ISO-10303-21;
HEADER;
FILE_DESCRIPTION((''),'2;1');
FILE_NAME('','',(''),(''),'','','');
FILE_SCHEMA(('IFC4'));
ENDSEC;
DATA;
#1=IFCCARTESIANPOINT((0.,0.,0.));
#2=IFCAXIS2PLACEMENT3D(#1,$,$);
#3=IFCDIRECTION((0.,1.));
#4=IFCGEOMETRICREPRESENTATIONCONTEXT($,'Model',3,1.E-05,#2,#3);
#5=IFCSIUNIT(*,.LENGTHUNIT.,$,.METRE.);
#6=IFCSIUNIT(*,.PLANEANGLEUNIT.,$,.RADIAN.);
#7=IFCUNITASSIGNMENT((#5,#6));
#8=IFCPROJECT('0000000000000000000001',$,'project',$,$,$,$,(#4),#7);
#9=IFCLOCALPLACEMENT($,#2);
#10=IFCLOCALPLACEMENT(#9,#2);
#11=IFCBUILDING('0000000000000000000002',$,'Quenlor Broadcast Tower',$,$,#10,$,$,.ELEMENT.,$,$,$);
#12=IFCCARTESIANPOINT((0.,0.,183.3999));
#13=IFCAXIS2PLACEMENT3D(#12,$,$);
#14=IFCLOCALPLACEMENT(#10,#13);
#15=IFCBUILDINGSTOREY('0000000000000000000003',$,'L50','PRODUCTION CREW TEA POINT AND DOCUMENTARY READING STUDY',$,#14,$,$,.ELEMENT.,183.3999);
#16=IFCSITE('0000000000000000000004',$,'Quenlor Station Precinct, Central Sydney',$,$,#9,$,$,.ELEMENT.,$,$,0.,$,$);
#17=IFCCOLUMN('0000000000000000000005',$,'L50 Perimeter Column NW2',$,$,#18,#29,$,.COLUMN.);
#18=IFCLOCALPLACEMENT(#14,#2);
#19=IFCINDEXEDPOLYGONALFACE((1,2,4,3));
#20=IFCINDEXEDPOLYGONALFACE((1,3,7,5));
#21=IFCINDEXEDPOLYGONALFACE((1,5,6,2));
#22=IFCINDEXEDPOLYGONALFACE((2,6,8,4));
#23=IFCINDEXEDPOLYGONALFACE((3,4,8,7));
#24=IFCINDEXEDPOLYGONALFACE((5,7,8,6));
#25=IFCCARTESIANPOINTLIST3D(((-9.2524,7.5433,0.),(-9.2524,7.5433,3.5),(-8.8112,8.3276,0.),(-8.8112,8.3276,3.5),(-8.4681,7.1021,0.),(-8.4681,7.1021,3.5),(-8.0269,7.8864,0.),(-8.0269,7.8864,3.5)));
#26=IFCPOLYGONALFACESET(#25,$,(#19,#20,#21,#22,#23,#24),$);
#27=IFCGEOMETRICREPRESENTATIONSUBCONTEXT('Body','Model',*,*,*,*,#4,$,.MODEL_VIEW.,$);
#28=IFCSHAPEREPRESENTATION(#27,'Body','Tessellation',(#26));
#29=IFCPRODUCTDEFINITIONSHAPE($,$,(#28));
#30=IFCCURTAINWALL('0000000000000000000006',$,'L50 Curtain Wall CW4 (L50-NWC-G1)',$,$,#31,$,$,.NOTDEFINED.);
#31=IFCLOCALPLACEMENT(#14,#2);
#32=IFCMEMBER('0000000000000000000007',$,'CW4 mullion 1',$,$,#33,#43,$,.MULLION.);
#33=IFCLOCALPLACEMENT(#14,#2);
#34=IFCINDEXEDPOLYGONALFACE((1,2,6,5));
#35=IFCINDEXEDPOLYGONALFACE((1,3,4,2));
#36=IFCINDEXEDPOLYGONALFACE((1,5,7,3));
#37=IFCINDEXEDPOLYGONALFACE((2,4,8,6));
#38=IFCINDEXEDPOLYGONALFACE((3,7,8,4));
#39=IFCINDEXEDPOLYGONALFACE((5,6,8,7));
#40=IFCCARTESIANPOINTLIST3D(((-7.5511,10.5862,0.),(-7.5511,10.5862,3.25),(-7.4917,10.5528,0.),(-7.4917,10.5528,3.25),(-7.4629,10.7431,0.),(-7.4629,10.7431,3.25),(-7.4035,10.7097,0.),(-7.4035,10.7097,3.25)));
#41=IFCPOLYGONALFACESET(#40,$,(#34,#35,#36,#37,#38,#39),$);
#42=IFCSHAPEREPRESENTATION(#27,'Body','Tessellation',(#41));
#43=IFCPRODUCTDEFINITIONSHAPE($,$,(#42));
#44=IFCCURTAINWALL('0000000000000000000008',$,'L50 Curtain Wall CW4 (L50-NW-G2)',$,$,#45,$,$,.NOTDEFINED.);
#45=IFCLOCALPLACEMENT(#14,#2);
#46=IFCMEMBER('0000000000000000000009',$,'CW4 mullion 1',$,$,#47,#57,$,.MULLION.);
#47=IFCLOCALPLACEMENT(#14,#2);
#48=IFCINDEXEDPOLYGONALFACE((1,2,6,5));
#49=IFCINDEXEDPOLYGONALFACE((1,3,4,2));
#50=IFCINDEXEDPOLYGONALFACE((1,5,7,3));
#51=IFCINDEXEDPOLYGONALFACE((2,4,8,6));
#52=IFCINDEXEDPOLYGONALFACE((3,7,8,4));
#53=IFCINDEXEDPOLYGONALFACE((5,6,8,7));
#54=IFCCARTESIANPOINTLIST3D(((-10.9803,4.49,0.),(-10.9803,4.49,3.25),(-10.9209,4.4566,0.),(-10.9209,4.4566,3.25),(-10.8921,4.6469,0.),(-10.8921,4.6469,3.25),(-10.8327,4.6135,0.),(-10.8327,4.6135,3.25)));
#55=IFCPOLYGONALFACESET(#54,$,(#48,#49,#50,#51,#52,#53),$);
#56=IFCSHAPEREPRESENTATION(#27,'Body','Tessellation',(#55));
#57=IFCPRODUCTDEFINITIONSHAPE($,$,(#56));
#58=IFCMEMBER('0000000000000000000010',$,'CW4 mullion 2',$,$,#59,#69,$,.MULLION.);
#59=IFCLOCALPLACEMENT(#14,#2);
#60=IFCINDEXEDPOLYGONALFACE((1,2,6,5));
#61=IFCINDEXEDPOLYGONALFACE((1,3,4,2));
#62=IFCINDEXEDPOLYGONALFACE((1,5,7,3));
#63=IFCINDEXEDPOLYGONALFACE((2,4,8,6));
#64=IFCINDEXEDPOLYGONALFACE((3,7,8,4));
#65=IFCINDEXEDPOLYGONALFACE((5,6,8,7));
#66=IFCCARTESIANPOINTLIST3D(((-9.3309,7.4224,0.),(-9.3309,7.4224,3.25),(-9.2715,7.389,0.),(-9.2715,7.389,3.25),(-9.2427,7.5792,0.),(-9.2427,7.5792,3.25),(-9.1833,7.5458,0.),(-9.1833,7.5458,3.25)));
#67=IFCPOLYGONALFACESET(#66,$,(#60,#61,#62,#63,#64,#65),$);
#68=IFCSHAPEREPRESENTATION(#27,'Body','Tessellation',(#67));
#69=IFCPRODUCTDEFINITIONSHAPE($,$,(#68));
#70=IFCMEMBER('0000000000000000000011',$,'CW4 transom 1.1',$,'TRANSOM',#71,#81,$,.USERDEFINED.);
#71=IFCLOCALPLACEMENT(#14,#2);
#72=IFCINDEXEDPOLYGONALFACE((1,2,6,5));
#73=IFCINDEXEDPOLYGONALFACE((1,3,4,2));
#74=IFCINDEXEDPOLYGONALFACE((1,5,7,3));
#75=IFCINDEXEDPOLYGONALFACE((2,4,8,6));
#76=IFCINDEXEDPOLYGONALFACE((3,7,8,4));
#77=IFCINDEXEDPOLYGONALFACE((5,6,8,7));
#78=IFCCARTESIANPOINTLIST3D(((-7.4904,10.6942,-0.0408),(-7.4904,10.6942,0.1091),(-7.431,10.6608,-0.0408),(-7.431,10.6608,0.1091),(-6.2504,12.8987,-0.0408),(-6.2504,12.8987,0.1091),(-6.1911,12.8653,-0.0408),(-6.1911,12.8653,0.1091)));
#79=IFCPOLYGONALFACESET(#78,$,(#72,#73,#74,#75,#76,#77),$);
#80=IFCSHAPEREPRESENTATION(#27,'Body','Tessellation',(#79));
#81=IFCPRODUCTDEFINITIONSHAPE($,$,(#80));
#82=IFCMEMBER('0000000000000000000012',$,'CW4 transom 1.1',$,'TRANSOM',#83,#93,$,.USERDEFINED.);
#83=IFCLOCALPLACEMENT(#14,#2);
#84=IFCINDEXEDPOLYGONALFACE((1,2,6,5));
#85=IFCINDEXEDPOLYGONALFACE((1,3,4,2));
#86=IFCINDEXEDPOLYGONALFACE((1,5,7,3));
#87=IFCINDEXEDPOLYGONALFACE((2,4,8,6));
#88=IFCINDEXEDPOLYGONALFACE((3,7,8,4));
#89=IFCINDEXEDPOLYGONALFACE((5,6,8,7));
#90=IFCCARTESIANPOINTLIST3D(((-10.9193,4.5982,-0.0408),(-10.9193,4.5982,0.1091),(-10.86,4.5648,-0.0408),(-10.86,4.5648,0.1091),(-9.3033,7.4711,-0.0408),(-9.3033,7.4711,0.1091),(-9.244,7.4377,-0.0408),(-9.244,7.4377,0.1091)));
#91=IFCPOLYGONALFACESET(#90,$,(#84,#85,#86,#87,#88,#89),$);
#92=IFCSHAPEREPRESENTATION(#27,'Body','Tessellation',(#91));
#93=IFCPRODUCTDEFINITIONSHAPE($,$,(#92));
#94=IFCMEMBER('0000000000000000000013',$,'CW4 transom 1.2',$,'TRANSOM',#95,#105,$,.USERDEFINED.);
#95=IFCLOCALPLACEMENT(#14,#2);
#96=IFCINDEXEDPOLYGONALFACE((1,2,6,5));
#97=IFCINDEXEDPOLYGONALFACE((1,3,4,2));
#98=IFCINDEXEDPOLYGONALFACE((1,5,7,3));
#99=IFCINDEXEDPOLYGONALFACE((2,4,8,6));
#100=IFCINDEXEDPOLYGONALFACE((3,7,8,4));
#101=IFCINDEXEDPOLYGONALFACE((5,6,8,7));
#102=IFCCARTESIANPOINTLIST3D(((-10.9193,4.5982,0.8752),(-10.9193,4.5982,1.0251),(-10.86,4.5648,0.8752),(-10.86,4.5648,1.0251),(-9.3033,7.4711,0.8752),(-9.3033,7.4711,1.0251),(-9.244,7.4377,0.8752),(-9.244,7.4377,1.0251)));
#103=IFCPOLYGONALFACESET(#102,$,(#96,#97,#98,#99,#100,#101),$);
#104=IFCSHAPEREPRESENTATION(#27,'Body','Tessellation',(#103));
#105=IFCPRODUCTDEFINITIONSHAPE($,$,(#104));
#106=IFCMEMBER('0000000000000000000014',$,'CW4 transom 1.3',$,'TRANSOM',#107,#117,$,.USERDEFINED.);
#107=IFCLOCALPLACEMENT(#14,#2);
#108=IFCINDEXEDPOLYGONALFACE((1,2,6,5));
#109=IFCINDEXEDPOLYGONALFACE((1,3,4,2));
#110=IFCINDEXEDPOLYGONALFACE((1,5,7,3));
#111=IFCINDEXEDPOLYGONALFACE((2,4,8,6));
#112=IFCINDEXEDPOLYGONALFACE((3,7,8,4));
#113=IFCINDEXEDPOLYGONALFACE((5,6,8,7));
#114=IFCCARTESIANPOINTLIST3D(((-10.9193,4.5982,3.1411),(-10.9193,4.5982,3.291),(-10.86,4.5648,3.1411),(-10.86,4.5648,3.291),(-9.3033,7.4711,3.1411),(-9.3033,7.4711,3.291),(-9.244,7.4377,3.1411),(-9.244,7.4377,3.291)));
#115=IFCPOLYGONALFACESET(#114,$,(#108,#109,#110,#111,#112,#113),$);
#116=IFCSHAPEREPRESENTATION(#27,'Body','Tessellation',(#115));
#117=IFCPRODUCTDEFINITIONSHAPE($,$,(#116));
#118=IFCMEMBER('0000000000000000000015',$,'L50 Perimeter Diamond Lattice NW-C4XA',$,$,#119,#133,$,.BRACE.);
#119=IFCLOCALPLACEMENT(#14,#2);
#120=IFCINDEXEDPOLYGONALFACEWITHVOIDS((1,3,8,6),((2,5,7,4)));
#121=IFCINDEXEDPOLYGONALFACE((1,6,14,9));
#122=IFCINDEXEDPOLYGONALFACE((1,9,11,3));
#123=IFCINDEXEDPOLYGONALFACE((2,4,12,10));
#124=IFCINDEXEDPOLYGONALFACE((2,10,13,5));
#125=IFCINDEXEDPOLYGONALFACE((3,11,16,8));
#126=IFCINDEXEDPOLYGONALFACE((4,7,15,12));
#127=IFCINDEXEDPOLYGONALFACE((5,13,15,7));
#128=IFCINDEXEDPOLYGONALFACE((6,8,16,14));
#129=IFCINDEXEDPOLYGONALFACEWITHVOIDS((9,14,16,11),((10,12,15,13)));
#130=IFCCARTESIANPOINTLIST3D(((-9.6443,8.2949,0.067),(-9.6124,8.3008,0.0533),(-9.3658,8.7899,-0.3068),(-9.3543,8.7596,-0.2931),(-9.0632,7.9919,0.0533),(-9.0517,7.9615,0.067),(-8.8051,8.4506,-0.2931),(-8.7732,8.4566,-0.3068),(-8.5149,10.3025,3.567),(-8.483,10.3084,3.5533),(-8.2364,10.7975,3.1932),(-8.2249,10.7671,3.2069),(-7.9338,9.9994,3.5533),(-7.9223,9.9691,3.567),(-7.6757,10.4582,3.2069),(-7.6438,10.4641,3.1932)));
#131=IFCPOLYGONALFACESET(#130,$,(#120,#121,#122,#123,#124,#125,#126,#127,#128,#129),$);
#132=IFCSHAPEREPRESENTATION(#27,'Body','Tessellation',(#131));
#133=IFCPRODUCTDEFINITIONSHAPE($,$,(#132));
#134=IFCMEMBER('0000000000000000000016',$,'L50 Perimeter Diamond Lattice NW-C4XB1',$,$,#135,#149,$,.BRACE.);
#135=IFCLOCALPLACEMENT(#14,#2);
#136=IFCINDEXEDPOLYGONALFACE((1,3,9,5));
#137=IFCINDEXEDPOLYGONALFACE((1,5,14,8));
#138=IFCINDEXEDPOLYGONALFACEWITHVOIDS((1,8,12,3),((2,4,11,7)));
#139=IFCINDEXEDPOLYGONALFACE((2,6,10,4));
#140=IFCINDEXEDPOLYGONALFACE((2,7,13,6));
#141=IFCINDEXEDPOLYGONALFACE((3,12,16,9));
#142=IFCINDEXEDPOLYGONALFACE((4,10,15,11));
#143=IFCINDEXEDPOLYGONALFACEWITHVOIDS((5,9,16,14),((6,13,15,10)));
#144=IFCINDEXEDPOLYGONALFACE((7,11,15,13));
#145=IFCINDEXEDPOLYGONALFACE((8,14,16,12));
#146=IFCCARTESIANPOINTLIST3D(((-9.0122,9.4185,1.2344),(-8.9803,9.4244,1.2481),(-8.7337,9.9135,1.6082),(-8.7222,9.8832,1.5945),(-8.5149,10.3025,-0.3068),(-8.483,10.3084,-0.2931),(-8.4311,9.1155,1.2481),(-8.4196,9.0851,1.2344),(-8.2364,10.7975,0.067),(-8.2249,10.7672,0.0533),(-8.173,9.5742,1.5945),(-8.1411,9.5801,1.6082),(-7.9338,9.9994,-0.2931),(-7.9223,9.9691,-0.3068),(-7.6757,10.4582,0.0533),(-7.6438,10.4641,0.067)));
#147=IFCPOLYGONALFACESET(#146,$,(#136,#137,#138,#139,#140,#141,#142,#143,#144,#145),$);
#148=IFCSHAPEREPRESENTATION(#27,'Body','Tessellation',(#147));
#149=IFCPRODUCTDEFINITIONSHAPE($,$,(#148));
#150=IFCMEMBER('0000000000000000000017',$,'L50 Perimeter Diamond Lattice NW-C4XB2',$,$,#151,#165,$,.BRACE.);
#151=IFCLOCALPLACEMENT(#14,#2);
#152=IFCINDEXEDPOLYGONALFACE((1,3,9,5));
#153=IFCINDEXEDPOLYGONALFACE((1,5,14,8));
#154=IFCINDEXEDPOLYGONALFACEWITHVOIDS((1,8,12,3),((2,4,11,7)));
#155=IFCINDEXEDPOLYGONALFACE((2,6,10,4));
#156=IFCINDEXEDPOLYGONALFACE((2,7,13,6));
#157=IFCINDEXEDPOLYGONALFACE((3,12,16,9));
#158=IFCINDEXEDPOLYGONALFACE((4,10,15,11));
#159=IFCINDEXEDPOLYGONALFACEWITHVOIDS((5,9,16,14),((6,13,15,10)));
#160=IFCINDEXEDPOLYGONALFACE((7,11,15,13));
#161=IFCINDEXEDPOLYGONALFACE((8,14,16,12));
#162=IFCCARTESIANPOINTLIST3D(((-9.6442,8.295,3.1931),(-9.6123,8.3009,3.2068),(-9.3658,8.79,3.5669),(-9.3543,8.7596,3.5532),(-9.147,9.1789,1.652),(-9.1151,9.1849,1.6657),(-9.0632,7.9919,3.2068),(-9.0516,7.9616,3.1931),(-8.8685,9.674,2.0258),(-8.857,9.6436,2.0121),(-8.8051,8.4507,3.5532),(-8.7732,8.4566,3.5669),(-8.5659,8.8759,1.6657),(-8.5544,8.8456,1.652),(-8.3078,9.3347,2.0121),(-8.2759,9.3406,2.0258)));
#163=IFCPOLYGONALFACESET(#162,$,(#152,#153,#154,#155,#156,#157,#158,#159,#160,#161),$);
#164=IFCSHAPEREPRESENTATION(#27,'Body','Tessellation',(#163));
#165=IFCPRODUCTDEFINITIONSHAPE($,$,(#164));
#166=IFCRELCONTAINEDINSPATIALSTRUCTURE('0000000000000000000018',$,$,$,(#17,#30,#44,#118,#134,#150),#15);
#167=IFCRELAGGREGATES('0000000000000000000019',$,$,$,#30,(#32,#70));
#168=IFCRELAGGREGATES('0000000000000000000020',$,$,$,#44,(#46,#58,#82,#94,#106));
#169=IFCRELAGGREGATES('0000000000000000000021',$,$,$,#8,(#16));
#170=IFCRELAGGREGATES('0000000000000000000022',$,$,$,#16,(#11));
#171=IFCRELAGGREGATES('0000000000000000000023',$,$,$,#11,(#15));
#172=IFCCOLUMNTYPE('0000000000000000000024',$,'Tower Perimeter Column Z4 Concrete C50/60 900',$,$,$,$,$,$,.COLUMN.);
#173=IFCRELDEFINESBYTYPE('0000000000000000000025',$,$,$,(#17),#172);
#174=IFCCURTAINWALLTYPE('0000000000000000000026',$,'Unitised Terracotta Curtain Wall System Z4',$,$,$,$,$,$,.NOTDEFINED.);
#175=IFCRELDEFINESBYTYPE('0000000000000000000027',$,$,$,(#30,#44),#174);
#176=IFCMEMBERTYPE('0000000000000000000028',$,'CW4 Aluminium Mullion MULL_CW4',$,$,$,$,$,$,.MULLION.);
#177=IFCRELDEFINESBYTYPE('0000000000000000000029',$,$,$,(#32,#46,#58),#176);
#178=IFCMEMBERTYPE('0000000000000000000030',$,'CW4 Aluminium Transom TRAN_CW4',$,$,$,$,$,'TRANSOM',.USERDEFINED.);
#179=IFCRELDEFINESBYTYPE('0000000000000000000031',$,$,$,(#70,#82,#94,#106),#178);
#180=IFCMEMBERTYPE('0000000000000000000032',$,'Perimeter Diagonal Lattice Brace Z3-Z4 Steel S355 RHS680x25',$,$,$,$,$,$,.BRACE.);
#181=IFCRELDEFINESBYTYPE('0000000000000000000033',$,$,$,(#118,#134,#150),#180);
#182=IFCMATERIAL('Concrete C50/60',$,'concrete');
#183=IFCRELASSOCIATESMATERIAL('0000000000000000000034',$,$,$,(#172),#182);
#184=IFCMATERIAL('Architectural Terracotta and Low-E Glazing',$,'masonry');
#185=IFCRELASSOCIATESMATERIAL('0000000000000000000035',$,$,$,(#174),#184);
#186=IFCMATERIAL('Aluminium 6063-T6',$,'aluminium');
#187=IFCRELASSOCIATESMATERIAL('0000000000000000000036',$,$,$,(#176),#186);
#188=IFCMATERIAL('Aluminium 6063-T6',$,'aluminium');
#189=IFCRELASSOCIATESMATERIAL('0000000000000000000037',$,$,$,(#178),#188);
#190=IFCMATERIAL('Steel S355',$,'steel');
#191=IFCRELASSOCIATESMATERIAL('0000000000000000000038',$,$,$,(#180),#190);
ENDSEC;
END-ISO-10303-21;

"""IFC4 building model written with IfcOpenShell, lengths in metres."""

from ifc_helpers import new_model, si_unit, direction, frame, origin, origin_2d, place, context, subcontext, project, spatial, rectangle, hollow_rectangle, extrude, material, material_profile, profile_set, type_object, element, aggregate, save


model = new_model("IFC4")

# Units and contexts
model_context = context("Model", 3, precision=1e-05, world=origin(), true_north=direction((0.0, 1.0)))
body_context = subcontext(model_context, "Body", "Model", "MODEL_VIEW")
ifc_project = project(units=[si_unit("LENGTHUNIT", "METRE"), si_unit("PLANEANGLEUNIT", "RADIAN")], contexts=[model_context])

# Site, building, storey
site_placement = place(None, origin())
site = spatial("IfcSite", under=ifc_project, at=site_placement, Name="Quenlor Station Precinct, Central Sydney", CompositionType="ELEMENT", RefElevation=0.0)
building_placement = place(site_placement, origin())
building = spatial("IfcBuilding", under=site, at=building_placement, Name="Quenlor Broadcast Tower", CompositionType="ELEMENT")
storey_placement = place(building_placement, frame((0.0, 0.0, 183.3999)))
storey = spatial("IfcBuildingStorey", under=building, at=storey_placement, Name="L50", Description="PRODUCTION CREW TEA POINT AND DOCUMENTARY READING STUDY", CompositionType="ELEMENT", Elevation=183.3999)

# Column
ifc_material_1 = material(Name="Concrete C50/60", Category="concrete")
ifc_material_profile_1 = material_profile(ifc_material_1, rectangle(XDim=0.8999, YDim=0.8999, at=origin_2d()))
ifc_profile_set_1 = profile_set([ifc_material_profile_1], Name="Concrete C50/60 RC900x900")
column_type = type_object("IfcColumnType", Name="Tower Perimeter Column Z4 Concrete C50/60 900", PredefinedType="COLUMN", material=ifc_profile_set_1)
column_placement = place(storey_placement, frame((-8.6396, 7.7148, 0.0), z_axis=(0.0, 0.0, 1.0), x_axis=(-0.871575, 0.490262, 0.0)))
element("IfcColumn", 1, at=column_placement, inside=storey, type_object=column_type, Name="L50 Perimeter Column NW2", PredefinedType="COLUMN", context=body_context, shape_type="SweptSolid", body=[
    extrude(rectangle(XDim=0.8999, YDim=0.8999, at=origin_2d()), origin(), (0.0, 0.0, 1.0), 3.5),
])

# Curtain wall, member
ifc_material_2 = material(Name="Architectural Terracotta and Low-E Glazing", Category="masonry")
curtain_wall_type = type_object("IfcCurtainWallType", Name="Unitised Terracotta Curtain Wall System Z4", PredefinedType="NOTDEFINED", material=ifc_material_2)
curtain_wall_1_placement = place(storey_placement, origin())
curtain_wall_1 = element("IfcCurtainWall", 2, at=curtain_wall_1_placement, inside=storey, type_object=curtain_wall_type, Name="L50 Curtain Wall CW4 (L50-NWC-G1)", PredefinedType="NOTDEFINED")
ifc_material_3 = material(Name="Aluminium 6063-T6", Category="aluminium")
ifc_material_profile_2 = material_profile(ifc_material_3, rectangle(XDim=0.0681, YDim=0.1799, at=origin_2d()))
ifc_profile_set_2 = profile_set([ifc_material_profile_2], Name="Aluminium 6063-T6 MULL68x180")
member_type_1 = type_object("IfcMemberType", Name="CW4 Aluminium Mullion MULL_CW4", PredefinedType="MULLION", material=ifc_profile_set_2)
member_1_placement = place(storey_placement, frame((-7.4773, 10.6479, 0.0), z_axis=(0.0, 0.0, 1.0), x_axis=(-0.871577, 0.490259, 0.0)))
member_1 = element("IfcMember", 3, at=member_1_placement, type_object=member_type_1, Name="CW4 mullion 1", PredefinedType="MULLION", context=body_context, shape_type="SweptSolid", body=[
    extrude(rectangle(XDim=0.0681, YDim=0.1799, at=origin_2d()), origin(), (0.0, 0.0, 1.0), 3.25),
])

# Curtain wall, members
curtain_wall_2_placement = place(storey_placement, origin())
curtain_wall_2 = element("IfcCurtainWall", 4, at=curtain_wall_2_placement, inside=storey, type_object=curtain_wall_type, Name="L50 Curtain Wall CW4 (L50-NW-G2)", PredefinedType="NOTDEFINED")
member_2_placement = place(storey_placement, frame((-10.9065, 4.5518, 0.0), z_axis=(0.0, 0.0, 1.0), x_axis=(-0.871578, 0.490257, 0.0)))
member_2 = element("IfcMember", 5, at=member_2_placement, type_object=member_type_1, Name="CW4 mullion 1", PredefinedType="MULLION", context=body_context, shape_type="SweptSolid", body=[
    extrude(rectangle(XDim=0.0681, YDim=0.1799, at=origin_2d()), origin(), (0.0, 0.0, 1.0), 3.25),
])
member_3_placement = place(storey_placement, frame((-9.2571, 7.4841, 0.0), z_axis=(0.0, 0.0, 1.0), x_axis=(-0.871578, 0.490257, 0.0)))
member_3 = element("IfcMember", 6, at=member_3_placement, type_object=member_type_1, Name="CW4 mullion 2", PredefinedType="MULLION", context=body_context, shape_type="SweptSolid", body=[
    extrude(rectangle(XDim=0.0681, YDim=0.1799, at=origin_2d()), origin(), (0.0, 0.0, 1.0), 3.25),
])

# Members
ifc_material_4 = material(Name="Aluminium 6063-T6", Category="aluminium")
ifc_material_profile_3 = material_profile(ifc_material_4, rectangle(XDim=0.0681, YDim=0.1499, at=origin_2d()))
ifc_profile_set_3 = profile_set([ifc_material_profile_3], Name="Aluminium 6063-T6 TRAN68x150")
member_type_2 = type_object("IfcMemberType", Name="CW4 Aluminium Transom TRAN_CW4", ElementType="TRANSOM", PredefinedType="USERDEFINED", material=ifc_profile_set_3)
member_4_placement = place(storey_placement, frame((-7.4607, 10.6775, 0.0342), z_axis=(0.490234, 0.871591, 0.0), x_axis=(-0.871591, 0.490234, 0.0)))
member_4 = element("IfcMember", 7, at=member_4_placement, type_object=member_type_2, Name="CW4 transom 1.1", ObjectType="TRANSOM", PredefinedType="USERDEFINED", context=body_context, shape_type="SweptSolid", body=[
    extrude(rectangle(XDim=0.0681, YDim=0.1499, at=origin_2d()), origin(), (0.0, 0.0, 1.0), 2.5293),
])
aggregate(curtain_wall_1, [member_1, member_4])
member_5_placement = place(storey_placement, frame((-10.8896, 4.5815, 0.0342), z_axis=(0.490265, 0.871574, 0.0), x_axis=(-0.871574, 0.490265, 0.0)))
member_5 = element("IfcMember", 8, at=member_5_placement, type_object=member_type_2, Name="CW4 transom 1.1", ObjectType="TRANSOM", PredefinedType="USERDEFINED", context=body_context, shape_type="SweptSolid", body=[
    extrude(rectangle(XDim=0.0681, YDim=0.1499, at=origin_2d()), origin(), (0.0, 0.0, 1.0), 3.2961),
])
member_6_placement = place(storey_placement, frame((-10.8896, 4.5815, 0.9502), z_axis=(0.490265, 0.871574, 0.0), x_axis=(-0.871574, 0.490265, 0.0)))
member_6 = element("IfcMember", 9, at=member_6_placement, type_object=member_type_2, Name="CW4 transom 1.2", ObjectType="TRANSOM", PredefinedType="USERDEFINED", context=body_context, shape_type="SweptSolid", body=[
    extrude(rectangle(XDim=0.0681, YDim=0.1499, at=origin_2d()), origin(), (0.0, 0.0, 1.0), 3.2961),
])
member_7_placement = place(storey_placement, frame((-10.8896, 4.5815, 3.2161), z_axis=(0.490265, 0.871574, 0.0), x_axis=(-0.871574, 0.490265, 0.0)))
member_7 = element("IfcMember", 10, at=member_7_placement, type_object=member_type_2, Name="CW4 transom 1.3", ObjectType="TRANSOM", PredefinedType="USERDEFINED", context=body_context, shape_type="SweptSolid", body=[
    extrude(rectangle(XDim=0.0681, YDim=0.1499, at=origin_2d()), origin(), (0.0, 0.0, 1.0), 3.2961),
])

# Members
ifc_material_5 = material(Name="Steel S355", Category="steel")
ifc_material_profile_4 = material_profile(ifc_material_5, hollow_rectangle(XDim=0.6799, YDim=0.6799, WallThickness=0.0249, at=origin_2d()))
ifc_profile_set_4 = profile_set([ifc_material_profile_4], Name="Steel S355 RHS680x680x25")
member_type_3 = type_object("IfcMemberType", Name="Perimeter Diagonal Lattice Brace Z3-Z4 Steel S355 RHS680x25", PredefinedType="BRACE", material=ifc_profile_set_4)
member_8_placement = place(storey_placement, frame((-9.2087, 8.3757, -0.1199), z_axis=(0.269547, 0.479136, 0.835328), x_axis=(-0.87155, 0.490307, 0.0)))
element("IfcMember", 11, at=member_8_placement, inside=storey, type_object=member_type_3, Name="L50 Perimeter Diamond Lattice NW-C4XA", PredefinedType="BRACE", context=body_context, shape_type="SweptSolid", body=[
    extrude(hollow_rectangle(XDim=0.6799, YDim=0.6799, WallThickness=0.0249, at=origin_2d()), origin(), (0.0, 0.0, 1.0), 4.1899),
])
for number, where, z_axis, x_axis, name in (
    (12, (-8.0793, 10.3833, -0.1199), (-0.269536, -0.47913, 0.835335), (0.871556, -0.490296, 0.0), "L50 Perimeter Diamond Lattice NW-C4XB1"),
    (13, (-8.7114, 9.2598, 1.8389), (-0.269536, -0.47913, 0.835335), (0.871556, -0.490296, 0.0), "L50 Perimeter Diamond Lattice NW-C4XB2"),
):
    element("IfcMember", number, at=place(storey_placement, frame(where, z_axis=z_axis, x_axis=x_axis)), inside=storey, type_object=member_type_3, Name=name, PredefinedType="BRACE", context=body_context, shape_type="SweptSolid", body=[
        extrude(hollow_rectangle(XDim=0.6799, YDim=0.6799, WallThickness=0.0249, at=origin_2d()), origin(), (0.0, 0.0, 1.0), 1.845),
    ])

aggregate(curtain_wall_2, [member_2, member_3, member_5, member_6, member_7])

save(model, "model.ifc")
